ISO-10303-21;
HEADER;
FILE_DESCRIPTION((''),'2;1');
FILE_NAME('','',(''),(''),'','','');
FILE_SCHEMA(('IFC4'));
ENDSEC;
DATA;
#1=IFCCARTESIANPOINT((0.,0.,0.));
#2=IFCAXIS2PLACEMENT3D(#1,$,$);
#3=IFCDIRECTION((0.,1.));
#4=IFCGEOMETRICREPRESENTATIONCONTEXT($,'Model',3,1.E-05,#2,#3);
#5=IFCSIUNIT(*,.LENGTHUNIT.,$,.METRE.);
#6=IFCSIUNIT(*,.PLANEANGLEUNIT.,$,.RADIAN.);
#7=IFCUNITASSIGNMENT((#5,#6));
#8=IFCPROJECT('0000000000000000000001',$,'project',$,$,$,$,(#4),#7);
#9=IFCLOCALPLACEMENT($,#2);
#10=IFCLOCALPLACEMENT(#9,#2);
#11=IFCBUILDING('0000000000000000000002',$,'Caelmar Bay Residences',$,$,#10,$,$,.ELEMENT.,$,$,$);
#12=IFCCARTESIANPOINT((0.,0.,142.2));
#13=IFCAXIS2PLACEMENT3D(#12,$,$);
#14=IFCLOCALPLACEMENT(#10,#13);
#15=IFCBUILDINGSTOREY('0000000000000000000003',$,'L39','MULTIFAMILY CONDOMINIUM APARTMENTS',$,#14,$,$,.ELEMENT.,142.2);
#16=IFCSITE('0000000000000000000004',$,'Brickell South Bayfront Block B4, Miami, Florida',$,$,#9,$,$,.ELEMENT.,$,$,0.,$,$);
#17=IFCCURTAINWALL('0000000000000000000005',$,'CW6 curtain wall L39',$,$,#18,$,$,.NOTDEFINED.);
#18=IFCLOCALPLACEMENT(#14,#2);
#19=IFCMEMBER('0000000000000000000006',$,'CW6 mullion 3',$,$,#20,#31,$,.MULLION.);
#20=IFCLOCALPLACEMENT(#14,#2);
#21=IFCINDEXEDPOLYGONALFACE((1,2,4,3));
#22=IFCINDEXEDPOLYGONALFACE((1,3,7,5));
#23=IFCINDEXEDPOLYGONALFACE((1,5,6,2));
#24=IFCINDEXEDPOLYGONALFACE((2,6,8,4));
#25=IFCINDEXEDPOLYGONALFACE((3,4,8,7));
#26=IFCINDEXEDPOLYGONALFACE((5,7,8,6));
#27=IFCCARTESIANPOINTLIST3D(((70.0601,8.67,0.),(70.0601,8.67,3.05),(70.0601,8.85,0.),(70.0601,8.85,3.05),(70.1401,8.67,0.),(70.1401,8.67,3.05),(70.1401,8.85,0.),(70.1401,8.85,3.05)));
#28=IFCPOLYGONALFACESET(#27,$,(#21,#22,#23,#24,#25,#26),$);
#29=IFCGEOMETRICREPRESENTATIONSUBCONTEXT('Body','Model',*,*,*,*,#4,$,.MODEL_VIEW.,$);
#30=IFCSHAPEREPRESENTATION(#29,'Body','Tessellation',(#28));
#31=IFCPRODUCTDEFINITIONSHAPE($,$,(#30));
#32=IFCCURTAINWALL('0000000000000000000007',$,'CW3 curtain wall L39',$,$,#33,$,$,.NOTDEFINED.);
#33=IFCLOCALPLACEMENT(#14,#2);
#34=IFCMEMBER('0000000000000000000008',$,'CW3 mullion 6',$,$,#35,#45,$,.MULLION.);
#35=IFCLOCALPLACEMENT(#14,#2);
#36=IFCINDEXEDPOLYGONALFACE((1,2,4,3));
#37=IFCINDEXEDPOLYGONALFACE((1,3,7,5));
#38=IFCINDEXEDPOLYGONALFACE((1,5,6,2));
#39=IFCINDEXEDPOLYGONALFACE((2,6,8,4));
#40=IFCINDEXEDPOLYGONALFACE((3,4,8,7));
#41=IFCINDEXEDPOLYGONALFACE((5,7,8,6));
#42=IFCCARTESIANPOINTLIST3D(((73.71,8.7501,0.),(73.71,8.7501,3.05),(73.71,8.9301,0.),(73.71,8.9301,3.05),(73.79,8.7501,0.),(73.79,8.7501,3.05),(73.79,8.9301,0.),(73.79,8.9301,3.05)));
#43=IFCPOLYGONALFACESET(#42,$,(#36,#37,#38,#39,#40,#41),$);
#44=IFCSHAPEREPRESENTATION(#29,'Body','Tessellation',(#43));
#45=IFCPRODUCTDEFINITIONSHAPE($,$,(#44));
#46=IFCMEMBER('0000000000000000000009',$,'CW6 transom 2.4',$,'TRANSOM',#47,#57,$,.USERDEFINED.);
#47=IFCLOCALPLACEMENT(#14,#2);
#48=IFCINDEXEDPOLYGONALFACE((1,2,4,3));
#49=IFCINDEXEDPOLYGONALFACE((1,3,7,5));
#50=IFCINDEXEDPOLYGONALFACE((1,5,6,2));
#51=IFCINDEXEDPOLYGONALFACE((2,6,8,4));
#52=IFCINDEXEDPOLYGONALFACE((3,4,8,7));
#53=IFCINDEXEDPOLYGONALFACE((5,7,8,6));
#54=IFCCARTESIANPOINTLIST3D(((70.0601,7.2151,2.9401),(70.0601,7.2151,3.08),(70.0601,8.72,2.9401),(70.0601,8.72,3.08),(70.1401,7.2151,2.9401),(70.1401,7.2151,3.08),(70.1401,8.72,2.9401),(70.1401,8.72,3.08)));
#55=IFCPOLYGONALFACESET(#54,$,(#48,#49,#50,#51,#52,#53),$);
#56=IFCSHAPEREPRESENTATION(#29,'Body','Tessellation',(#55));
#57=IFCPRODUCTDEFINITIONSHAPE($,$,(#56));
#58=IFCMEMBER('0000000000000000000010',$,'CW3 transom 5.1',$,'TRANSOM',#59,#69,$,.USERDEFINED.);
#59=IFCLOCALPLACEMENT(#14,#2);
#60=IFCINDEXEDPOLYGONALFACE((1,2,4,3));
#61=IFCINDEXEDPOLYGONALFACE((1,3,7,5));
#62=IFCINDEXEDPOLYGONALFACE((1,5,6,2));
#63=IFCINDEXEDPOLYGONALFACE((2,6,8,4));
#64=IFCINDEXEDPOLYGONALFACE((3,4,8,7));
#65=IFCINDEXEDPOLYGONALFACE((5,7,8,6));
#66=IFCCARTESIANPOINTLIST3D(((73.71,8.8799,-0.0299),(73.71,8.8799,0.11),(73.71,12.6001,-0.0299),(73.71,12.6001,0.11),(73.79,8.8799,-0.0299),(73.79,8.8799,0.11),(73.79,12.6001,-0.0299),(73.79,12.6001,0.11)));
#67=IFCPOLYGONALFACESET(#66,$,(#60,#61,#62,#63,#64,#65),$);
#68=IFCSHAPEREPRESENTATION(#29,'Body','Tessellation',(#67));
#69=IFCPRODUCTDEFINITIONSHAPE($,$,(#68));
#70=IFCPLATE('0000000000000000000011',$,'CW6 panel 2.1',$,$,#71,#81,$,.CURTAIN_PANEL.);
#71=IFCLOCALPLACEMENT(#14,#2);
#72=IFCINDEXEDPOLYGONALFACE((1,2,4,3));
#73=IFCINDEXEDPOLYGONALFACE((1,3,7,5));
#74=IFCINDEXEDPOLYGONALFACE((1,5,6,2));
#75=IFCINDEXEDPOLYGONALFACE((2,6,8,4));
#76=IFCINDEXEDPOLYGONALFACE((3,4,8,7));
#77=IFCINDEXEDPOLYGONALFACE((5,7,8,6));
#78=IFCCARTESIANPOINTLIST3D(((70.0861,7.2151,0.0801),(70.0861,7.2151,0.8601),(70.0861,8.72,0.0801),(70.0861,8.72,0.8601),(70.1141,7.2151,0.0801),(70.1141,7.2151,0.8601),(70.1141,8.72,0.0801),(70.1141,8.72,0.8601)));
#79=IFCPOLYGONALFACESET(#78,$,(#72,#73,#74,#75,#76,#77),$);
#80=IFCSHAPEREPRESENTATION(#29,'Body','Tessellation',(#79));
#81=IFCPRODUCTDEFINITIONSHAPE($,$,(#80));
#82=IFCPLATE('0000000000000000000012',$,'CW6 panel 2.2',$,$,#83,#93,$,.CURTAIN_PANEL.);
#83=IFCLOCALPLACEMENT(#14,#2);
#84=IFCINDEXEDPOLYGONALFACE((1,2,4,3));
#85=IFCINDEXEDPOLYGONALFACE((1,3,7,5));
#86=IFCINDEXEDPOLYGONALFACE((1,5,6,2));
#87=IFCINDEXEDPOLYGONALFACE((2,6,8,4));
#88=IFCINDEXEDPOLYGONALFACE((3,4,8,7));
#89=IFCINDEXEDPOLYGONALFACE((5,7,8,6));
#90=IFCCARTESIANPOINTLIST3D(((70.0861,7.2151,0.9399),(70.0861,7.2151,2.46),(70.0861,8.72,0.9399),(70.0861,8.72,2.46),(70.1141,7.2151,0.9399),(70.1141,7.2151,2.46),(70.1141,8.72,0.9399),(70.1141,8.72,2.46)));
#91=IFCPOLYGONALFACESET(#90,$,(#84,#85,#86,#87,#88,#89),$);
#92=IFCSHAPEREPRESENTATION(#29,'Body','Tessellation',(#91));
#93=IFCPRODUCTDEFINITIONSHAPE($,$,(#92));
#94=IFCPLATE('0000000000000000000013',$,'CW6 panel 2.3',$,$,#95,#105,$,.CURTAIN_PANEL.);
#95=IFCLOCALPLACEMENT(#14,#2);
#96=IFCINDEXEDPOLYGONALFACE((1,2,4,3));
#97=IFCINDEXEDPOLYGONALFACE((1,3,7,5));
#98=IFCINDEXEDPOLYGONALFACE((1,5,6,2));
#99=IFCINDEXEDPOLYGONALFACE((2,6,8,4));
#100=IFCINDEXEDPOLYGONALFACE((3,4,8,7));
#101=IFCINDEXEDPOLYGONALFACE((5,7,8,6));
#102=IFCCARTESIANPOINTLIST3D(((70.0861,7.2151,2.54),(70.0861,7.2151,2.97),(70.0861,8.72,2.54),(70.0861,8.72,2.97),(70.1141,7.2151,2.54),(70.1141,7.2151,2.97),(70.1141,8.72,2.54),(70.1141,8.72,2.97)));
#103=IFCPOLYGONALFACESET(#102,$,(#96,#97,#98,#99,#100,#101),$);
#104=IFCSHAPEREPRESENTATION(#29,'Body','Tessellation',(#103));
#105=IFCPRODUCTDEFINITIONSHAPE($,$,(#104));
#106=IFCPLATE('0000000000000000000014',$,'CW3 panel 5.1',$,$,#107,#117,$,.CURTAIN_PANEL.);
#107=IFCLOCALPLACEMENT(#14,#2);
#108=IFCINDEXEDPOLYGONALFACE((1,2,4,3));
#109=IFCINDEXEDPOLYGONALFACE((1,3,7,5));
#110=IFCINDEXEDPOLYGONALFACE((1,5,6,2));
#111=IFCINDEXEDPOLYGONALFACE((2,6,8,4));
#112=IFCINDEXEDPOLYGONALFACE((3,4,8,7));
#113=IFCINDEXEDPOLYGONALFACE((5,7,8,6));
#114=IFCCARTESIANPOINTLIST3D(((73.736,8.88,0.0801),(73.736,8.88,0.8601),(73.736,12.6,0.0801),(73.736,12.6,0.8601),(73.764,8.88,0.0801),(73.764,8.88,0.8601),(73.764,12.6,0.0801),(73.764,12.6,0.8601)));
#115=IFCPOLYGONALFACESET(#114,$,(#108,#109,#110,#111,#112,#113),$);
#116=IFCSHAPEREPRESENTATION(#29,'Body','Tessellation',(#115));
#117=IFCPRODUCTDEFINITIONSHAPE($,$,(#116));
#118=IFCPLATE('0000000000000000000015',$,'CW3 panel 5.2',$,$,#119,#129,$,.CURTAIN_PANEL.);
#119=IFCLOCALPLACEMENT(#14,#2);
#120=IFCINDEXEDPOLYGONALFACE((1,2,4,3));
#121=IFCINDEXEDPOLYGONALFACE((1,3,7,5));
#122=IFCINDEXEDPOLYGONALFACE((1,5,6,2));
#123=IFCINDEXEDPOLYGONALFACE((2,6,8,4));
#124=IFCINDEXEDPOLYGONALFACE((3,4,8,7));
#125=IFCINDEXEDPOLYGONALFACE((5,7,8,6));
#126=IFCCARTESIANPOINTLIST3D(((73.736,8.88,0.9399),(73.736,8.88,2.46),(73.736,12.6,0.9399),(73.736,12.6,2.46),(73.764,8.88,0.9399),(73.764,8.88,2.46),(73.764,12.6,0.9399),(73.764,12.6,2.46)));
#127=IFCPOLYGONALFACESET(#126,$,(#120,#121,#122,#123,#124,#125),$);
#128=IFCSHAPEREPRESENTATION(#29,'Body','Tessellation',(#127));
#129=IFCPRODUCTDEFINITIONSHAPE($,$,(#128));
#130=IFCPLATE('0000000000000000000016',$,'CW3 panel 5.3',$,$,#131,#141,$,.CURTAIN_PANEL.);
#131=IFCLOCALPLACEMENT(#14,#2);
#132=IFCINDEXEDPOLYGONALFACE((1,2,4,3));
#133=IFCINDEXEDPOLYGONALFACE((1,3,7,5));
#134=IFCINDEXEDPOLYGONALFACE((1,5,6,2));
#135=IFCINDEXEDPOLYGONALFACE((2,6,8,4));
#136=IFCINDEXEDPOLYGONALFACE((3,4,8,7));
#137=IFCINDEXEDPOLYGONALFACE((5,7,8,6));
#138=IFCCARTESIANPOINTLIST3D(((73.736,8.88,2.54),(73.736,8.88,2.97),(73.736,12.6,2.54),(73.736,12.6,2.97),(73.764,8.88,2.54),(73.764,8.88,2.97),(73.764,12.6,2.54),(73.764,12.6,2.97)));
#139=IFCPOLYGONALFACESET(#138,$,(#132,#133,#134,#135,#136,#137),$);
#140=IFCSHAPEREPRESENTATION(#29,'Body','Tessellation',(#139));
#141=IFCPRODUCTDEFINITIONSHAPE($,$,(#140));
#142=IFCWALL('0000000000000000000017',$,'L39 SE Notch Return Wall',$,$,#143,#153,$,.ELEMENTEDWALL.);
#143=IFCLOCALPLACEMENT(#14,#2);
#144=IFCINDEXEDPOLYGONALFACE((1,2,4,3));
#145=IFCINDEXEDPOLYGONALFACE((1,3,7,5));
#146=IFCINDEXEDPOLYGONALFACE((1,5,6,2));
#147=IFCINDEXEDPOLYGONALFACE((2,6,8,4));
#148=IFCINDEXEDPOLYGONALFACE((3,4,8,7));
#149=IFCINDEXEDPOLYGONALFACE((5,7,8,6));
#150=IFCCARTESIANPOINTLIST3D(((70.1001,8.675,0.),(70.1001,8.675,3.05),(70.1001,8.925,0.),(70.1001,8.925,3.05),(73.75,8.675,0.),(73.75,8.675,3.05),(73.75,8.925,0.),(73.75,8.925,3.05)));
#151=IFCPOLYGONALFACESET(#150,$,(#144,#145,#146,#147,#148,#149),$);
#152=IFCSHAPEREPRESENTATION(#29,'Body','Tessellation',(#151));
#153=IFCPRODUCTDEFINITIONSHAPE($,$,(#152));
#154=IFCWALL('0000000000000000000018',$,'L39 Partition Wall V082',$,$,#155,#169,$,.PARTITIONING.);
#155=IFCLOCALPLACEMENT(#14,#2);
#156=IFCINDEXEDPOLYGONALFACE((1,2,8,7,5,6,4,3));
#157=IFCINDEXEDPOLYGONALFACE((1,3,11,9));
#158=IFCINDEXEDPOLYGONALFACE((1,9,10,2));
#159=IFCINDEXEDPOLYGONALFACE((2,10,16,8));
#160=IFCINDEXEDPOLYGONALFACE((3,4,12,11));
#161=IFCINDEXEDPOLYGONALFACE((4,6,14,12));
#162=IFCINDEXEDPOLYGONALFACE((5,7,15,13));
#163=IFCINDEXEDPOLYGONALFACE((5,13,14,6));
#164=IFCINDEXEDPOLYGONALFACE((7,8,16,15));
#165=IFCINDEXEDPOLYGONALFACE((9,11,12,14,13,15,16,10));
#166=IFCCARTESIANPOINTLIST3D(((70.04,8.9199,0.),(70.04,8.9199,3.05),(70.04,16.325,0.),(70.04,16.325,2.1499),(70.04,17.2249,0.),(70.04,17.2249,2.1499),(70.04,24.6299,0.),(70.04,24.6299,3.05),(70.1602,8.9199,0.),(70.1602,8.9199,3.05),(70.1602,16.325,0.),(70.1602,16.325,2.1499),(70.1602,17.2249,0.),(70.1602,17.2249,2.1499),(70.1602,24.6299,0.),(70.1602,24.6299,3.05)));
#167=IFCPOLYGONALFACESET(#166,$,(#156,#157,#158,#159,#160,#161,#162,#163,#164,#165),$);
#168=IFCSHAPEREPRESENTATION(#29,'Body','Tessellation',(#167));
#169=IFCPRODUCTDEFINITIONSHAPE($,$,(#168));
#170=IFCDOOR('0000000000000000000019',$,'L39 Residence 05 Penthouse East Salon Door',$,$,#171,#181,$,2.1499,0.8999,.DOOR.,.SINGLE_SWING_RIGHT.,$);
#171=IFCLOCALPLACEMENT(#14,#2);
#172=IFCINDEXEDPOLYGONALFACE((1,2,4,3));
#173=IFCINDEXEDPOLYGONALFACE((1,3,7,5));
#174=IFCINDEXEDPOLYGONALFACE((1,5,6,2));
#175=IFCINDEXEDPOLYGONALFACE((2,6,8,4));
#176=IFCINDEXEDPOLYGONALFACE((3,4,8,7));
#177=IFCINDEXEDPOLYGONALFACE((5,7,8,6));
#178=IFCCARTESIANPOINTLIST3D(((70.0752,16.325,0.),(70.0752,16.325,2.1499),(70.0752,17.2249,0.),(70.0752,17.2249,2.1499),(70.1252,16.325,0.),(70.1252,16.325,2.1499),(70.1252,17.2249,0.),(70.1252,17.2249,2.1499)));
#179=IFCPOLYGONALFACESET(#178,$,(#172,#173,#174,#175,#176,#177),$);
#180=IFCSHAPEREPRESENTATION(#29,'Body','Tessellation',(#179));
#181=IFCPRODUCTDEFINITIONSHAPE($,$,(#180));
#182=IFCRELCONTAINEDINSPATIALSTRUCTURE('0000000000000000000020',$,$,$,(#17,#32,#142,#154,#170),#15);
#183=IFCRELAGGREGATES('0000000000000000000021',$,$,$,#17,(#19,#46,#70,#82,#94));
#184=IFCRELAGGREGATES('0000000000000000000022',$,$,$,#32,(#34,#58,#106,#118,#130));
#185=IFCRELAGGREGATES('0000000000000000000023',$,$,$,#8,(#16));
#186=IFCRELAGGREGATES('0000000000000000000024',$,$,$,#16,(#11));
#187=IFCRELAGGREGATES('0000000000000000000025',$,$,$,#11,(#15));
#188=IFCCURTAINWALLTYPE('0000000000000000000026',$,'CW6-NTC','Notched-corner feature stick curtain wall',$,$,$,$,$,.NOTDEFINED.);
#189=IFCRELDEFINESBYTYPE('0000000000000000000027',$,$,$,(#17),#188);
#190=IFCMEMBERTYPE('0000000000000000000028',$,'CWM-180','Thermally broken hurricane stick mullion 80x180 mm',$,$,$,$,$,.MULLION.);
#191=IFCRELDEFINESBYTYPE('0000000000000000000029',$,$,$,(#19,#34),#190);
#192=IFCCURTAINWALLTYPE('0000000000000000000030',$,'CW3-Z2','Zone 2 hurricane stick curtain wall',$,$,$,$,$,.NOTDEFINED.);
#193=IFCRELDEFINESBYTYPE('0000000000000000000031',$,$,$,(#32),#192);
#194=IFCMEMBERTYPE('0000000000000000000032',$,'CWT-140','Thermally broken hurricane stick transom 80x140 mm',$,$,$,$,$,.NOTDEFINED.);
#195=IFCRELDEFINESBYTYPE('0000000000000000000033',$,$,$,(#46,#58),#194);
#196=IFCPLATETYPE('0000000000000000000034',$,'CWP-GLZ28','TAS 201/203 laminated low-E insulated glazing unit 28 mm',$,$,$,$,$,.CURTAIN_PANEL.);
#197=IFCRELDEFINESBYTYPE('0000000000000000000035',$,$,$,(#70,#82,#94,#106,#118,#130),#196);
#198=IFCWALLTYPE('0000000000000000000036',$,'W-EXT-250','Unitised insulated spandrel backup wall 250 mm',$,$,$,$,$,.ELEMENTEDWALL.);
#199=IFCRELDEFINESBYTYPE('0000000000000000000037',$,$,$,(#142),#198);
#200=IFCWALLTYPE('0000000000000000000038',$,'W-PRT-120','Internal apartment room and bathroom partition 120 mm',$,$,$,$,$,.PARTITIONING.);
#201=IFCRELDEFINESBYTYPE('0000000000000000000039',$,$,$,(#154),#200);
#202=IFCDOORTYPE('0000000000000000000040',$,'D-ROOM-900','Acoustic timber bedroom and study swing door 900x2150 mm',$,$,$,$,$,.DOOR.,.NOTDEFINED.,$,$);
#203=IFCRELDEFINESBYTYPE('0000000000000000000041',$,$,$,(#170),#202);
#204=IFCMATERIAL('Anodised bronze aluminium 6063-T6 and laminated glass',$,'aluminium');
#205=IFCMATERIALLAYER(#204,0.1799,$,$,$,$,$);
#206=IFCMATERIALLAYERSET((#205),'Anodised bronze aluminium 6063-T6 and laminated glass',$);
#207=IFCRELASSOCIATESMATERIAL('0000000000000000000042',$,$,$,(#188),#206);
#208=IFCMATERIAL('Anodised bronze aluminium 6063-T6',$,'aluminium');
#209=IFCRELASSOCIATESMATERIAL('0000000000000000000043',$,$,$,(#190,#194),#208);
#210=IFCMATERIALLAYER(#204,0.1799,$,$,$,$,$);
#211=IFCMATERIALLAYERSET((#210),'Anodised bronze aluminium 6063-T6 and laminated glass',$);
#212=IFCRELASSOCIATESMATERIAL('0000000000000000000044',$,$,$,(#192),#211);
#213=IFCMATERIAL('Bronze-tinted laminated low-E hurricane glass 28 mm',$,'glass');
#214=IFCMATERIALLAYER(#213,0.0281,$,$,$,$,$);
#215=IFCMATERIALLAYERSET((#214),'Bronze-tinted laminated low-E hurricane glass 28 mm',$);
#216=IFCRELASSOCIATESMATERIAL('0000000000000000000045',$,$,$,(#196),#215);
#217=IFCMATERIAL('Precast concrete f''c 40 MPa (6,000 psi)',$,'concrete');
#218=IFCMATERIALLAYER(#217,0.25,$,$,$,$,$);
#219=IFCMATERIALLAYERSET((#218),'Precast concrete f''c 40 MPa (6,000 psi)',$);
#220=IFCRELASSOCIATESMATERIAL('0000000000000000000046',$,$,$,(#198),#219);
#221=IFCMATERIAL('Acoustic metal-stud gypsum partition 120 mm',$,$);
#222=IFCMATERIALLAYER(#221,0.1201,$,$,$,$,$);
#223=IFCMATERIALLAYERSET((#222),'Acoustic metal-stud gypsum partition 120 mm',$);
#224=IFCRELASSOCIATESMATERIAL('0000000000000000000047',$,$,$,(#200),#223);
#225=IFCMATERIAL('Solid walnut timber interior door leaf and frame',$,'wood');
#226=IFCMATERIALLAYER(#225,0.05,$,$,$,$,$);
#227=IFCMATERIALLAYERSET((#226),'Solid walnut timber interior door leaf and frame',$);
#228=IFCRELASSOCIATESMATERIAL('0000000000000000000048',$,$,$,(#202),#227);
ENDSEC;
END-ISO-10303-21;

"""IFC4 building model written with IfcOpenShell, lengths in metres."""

from ifc_helpers import new_model, si_unit, direction, frame, frame_2d, origin, origin_2d, place, context, subcontext, project, spatial, rectangle, extrude, material, layer, layer_set, material_profile, profile_set, type_object, element, fill, aggregate, save


model = new_model("IFC4")

# Units and contexts
model_context = context("Model", 3, precision=1e-05, world=origin(), true_north=direction((0.0, 1.0)))
body_context = subcontext(model_context, "Body", "Model", "MODEL_VIEW")
ifc_project = project(units=[si_unit("LENGTHUNIT", "METRE"), si_unit("PLANEANGLEUNIT", "RADIAN")], contexts=[model_context])

# Site, building, storey
site_placement = place(None, origin())
site = spatial("IfcSite", under=ifc_project, at=site_placement, Name="Brickell South Bayfront Block B4, Miami, Florida", CompositionType="ELEMENT", RefElevation=0.0)
building_placement = place(site_placement, origin())
building = spatial("IfcBuilding", under=site, at=building_placement, Name="Caelmar Bay Residences", CompositionType="ELEMENT")
storey_placement = place(building_placement, frame((0.0, 0.0, 142.2)))
storey = spatial("IfcBuildingStorey", under=building, at=storey_placement, Name="L39", Description="MULTIFAMILY CONDOMINIUM APARTMENTS", CompositionType="ELEMENT", Elevation=142.2)

# Curtain walls, members
ifc_material_1 = material(Name="Anodised bronze aluminium 6063-T6 and laminated glass", Category="aluminium")
ifc_layer_1 = layer(ifc_material_1, 0.1799)
ifc_layer_set_1 = layer_set([ifc_layer_1], Name="Anodised bronze aluminium 6063-T6 and laminated glass")
curtain_wall_type_1 = type_object("IfcCurtainWallType", Name="CW6-NTC", Description="Notched-corner feature stick curtain wall", PredefinedType="NOTDEFINED", material=ifc_layer_set_1)
curtain_wall_1_placement = place(storey_placement, origin())
curtain_wall_1 = element("IfcCurtainWall", 1, at=curtain_wall_1_placement, inside=storey, type_object=curtain_wall_type_1, Name="CW6 curtain wall L39", PredefinedType="NOTDEFINED")
ifc_material_2 = material(Name="Anodised bronze aluminium 6063-T6", Category="aluminium")
ifc_material_profile_1 = material_profile(ifc_material_2, rectangle(XDim=0.0801, YDim=0.1799, at=origin_2d()), Name="CWM-80X180")
ifc_profile_set_1 = profile_set([ifc_material_profile_1], Name="Anodised bronze aluminium 6063-T6")
member_type_1 = type_object("IfcMemberType", Name="CWM-180", Description="Thermally broken hurricane stick mullion 80x180 mm", PredefinedType="MULLION", material=ifc_profile_set_1)
member_1_placement = place(storey_placement, frame((70.1001, 8.76, 0.0), z_axis=(0.0, 0.0, 1.0), x_axis=(-1.0, 0.0, 0.0)))
member_1 = element("IfcMember", 2, at=member_1_placement, type_object=member_type_1, Name="CW6 mullion 3", PredefinedType="MULLION", context=body_context, shape_type="SweptSolid", body=[
    extrude(rectangle(XDim=0.0801, YDim=0.1799, at=origin_2d()), origin(), (0.0, 0.0, 1.0), 3.05),
])
ifc_layer_2 = layer(ifc_material_1, 0.1799)
ifc_layer_set_2 = layer_set([ifc_layer_2], Name="Anodised bronze aluminium 6063-T6 and laminated glass")
curtain_wall_type_2 = type_object("IfcCurtainWallType", Name="CW3-Z2", Description="Zone 2 hurricane stick curtain wall", PredefinedType="NOTDEFINED", material=ifc_layer_set_2)
curtain_wall_2_placement = place(storey_placement, origin())
curtain_wall_2 = element("IfcCurtainWall", 3, at=curtain_wall_2_placement, inside=storey, type_object=curtain_wall_type_2, Name="CW3 curtain wall L39", PredefinedType="NOTDEFINED")
member_2_placement = place(storey_placement, frame((73.75, 8.8401, 0.0), z_axis=(0.0, 0.0, 1.0), x_axis=(1.0, 0.0, 0.0)))
member_2 = element("IfcMember", 4, at=member_2_placement, type_object=member_type_1, Name="CW3 mullion 6", PredefinedType="MULLION", context=body_context, shape_type="SweptSolid", body=[
    extrude(rectangle(XDim=0.0801, YDim=0.1799, at=origin_2d()), origin(), (0.0, 0.0, 1.0), 3.05),
])

# Members
ifc_material_profile_2 = material_profile(ifc_material_2, rectangle(XDim=0.0801, YDim=0.1399, at=origin_2d()), Name="CWT-80X140")
ifc_profile_set_2 = profile_set([ifc_material_profile_2], Name="Anodised bronze aluminium 6063-T6")
member_type_2 = type_object("IfcMemberType", Name="CWT-140", Description="Thermally broken hurricane stick transom 80x140 mm", PredefinedType="NOTDEFINED", material=ifc_profile_set_2)
member_3_placement = place(storey_placement, frame((70.1001, 7.2151, 3.01), z_axis=(0.0, 1.0, 0.0), x_axis=(-1.0, 0.0, 0.0)))
member_3 = element("IfcMember", 5, at=member_3_placement, type_object=member_type_2, Name="CW6 transom 2.4", ObjectType="TRANSOM", PredefinedType="USERDEFINED", context=body_context, shape_type="SweptSolid", body=[
    extrude(rectangle(XDim=0.0801, YDim=0.1399, at=origin_2d()), origin(), (0.0, 0.0, 1.0), 1.5049),
])
member_4_placement = place(storey_placement, frame((73.75, 12.6001, 0.04), z_axis=(0.0, -1.0, 0.0), x_axis=(1.0, 0.0, 0.0)))
member_4 = element("IfcMember", 6, at=member_4_placement, type_object=member_type_2, Name="CW3 transom 5.1", ObjectType="TRANSOM", PredefinedType="USERDEFINED", context=body_context, shape_type="SweptSolid", body=[
    extrude(rectangle(XDim=0.0801, YDim=0.1399, at=origin_2d()), origin(), (0.0, 0.0, 1.0), 3.7202),
])

# Plates
ifc_material_3 = material(Name="Bronze-tinted laminated low-E hurricane glass 28 mm", Category="glass")
ifc_layer_3 = layer(ifc_material_3, 0.0281)
ifc_layer_set_3 = layer_set([ifc_layer_3], Name="Bronze-tinted laminated low-E hurricane glass 28 mm")
plate_type = type_object("IfcPlateType", Name="CWP-GLZ28", Description="TAS 201/203 laminated low-E insulated glazing unit 28 mm", PredefinedType="CURTAIN_PANEL", material=ifc_layer_set_3)
plate_1_placement = place(storey_placement, frame((70.1001, 7.9675, 0.0801), z_axis=(0.0, 0.0, 1.0), x_axis=(0.0, 1.0, 0.0)))
plate_1 = element("IfcPlate", 7, at=plate_1_placement, type_object=plate_type, Name="CW6 panel 2.1", PredefinedType="CURTAIN_PANEL", context=body_context, shape_type="SweptSolid", body=[
    extrude(rectangle(XDim=1.5049, YDim=0.0281, at=origin_2d()), origin(), (0.0, 0.0, 1.0), 0.78),
])
plate_2_placement = place(storey_placement, frame((70.1001, 7.9675, 0.9399), z_axis=(0.0, 0.0, 1.0), x_axis=(0.0, 1.0, 0.0)))
plate_2 = element("IfcPlate", 8, at=plate_2_placement, type_object=plate_type, Name="CW6 panel 2.2", PredefinedType="CURTAIN_PANEL", context=body_context, shape_type="SweptSolid", body=[
    extrude(rectangle(XDim=1.5049, YDim=0.0281, at=origin_2d()), origin(), (0.0, 0.0, 1.0), 1.52),
])
plate_3_placement = place(storey_placement, frame((70.1001, 7.9675, 2.54), z_axis=(0.0, 0.0, 1.0), x_axis=(0.0, 1.0, 0.0)))
plate_3 = element("IfcPlate", 9, at=plate_3_placement, type_object=plate_type, Name="CW6 panel 2.3", PredefinedType="CURTAIN_PANEL", context=body_context, shape_type="SweptSolid", body=[
    extrude(rectangle(XDim=1.5049, YDim=0.0281, at=origin_2d()), origin(), (0.0, 0.0, 1.0), 0.4299),
])
aggregate(curtain_wall_1, [member_1, member_3, plate_1, plate_2, plate_3])
plate_4_placement = place(storey_placement, frame((73.75, 10.74, 0.0801), z_axis=(0.0, 0.0, 1.0), x_axis=(0.0, -1.0, 0.0)))
plate_4 = element("IfcPlate", 10, at=plate_4_placement, type_object=plate_type, Name="CW3 panel 5.1", PredefinedType="CURTAIN_PANEL", context=body_context, shape_type="SweptSolid", body=[
    extrude(rectangle(XDim=3.72, YDim=0.0281, at=origin_2d()), origin(), (0.0, 0.0, 1.0), 0.78),
])
plate_5_placement = place(storey_placement, frame((73.75, 10.74, 0.9399), z_axis=(0.0, 0.0, 1.0), x_axis=(0.0, -1.0, 0.0)))
plate_5 = element("IfcPlate", 11, at=plate_5_placement, type_object=plate_type, Name="CW3 panel 5.2", PredefinedType="CURTAIN_PANEL", context=body_context, shape_type="SweptSolid", body=[
    extrude(rectangle(XDim=3.72, YDim=0.0281, at=origin_2d()), origin(), (0.0, 0.0, 1.0), 1.52),
])
plate_6_placement = place(storey_placement, frame((73.75, 10.74, 2.54), z_axis=(0.0, 0.0, 1.0), x_axis=(0.0, -1.0, 0.0)))
plate_6 = element("IfcPlate", 12, at=plate_6_placement, type_object=plate_type, Name="CW3 panel 5.3", PredefinedType="CURTAIN_PANEL", context=body_context, shape_type="SweptSolid", body=[
    extrude(rectangle(XDim=3.72, YDim=0.0281, at=origin_2d()), origin(), (0.0, 0.0, 1.0), 0.4299),
])
aggregate(curtain_wall_2, [member_2, member_4, plate_4, plate_5, plate_6])

# Wall
ifc_material_4 = material(Name="Precast concrete f'c 40 MPa (6,000 psi)", Category="concrete")
ifc_layer_4 = layer(ifc_material_4, 0.25)
ifc_layer_set_4 = layer_set([ifc_layer_4], Name="Precast concrete f'c 40 MPa (6,000 psi)")
wall_type_1 = type_object("IfcWallType", Name="W-EXT-250", Description="Unitised insulated spandrel backup wall 250 mm", PredefinedType="ELEMENTEDWALL", material=ifc_layer_set_4)
wall_1_placement = place(storey_placement, frame((70.1001, 8.8, 0.0), z_axis=(0.0, 0.0, 1.0), x_axis=(1.0, 0.0, 0.0)))
element("IfcWall", 13, at=wall_1_placement, inside=storey, type_object=wall_type_1, Name="L39 SE Notch Return Wall", PredefinedType="ELEMENTEDWALL", context=body_context, shape_type="SweptSolid", body=[
    extrude(rectangle(XDim=3.6499, YDim=0.25, at=frame_2d((1.825, 0.0))), origin(), (0.0, 0.0, 1.0), 3.05),
])

# Wall, opening, door
ifc_material_5 = material(Name="Acoustic metal-stud gypsum partition 120 mm")
ifc_layer_5 = layer(ifc_material_5, 0.1201)
ifc_layer_set_5 = layer_set([ifc_layer_5], Name="Acoustic metal-stud gypsum partition 120 mm")
wall_type_2 = type_object("IfcWallType", Name="W-PRT-120", Description="Internal apartment room and bathroom partition 120 mm", PredefinedType="PARTITIONING", material=ifc_layer_set_5)
wall_2_placement = place(storey_placement, frame((70.1001, 8.9199, 0.0), z_axis=(0.0, 0.0, 1.0), x_axis=(0.0, 1.0, 0.0)))
wall_2 = element("IfcWall", 14, at=wall_2_placement, inside=storey, type_object=wall_type_2, Name="L39 Partition Wall V082", PredefinedType="PARTITIONING", context=body_context, shape_type="SweptSolid", body=[
    extrude(rectangle(XDim=15.71, YDim=0.1201, at=frame_2d((7.855, 0.0))), origin(), (0.0, 0.0, 1.0), 3.05),
])
opening_placement = place(wall_2_placement, frame((7.405, 0.0, 0.0)))
opening = element("IfcOpeningElement", 15, at=opening_placement, cuts=wall_2, PredefinedType="OPENING", context=body_context, shape_type="SweptSolid", body=[
    extrude(rectangle(XDim=0.8999, YDim=2.1499, at=frame_2d((0.45, 1.075))), frame((0.0, 0.0701, 0.0), z_axis=(0.0, -1.0, 0.0), x_axis=(1.0, 0.0, 0.0)), (0.0, 0.0, 1.0), 0.1401),
])
ifc_material_6 = material(Name="Solid walnut timber interior door leaf and frame", Category="wood")
ifc_layer_6 = layer(ifc_material_6, 0.05)
ifc_layer_set_6 = layer_set([ifc_layer_6], Name="Solid walnut timber interior door leaf and frame")
door_type = type_object("IfcDoorType", Name="D-ROOM-900", Description="Acoustic timber bedroom and study swing door 900x2150 mm", OperationType="NOTDEFINED", PredefinedType="DOOR", material=ifc_layer_set_6)
door_placement = place(opening_placement, origin())
door = element("IfcDoor", 16, at=door_placement, inside=storey, type_object=door_type, Name="L39 Residence 05 Penthouse East Salon Door", OperationType="SINGLE_SWING_RIGHT", OverallHeight=2.1499, OverallWidth=0.8999, PredefinedType="DOOR", context=body_context, shape_type="SweptSolid", body=[
    extrude(rectangle(XDim=0.8999, YDim=2.1499, at=frame_2d((0.45, 1.075))), frame((0.0, 0.0249, 0.0), z_axis=(0.0, -1.0, 0.0), x_axis=(1.0, 0.0, 0.0)), (0.0, 0.0, 1.0), 0.05),
])
fill(opening, door)

save(model, "model.ifc")
